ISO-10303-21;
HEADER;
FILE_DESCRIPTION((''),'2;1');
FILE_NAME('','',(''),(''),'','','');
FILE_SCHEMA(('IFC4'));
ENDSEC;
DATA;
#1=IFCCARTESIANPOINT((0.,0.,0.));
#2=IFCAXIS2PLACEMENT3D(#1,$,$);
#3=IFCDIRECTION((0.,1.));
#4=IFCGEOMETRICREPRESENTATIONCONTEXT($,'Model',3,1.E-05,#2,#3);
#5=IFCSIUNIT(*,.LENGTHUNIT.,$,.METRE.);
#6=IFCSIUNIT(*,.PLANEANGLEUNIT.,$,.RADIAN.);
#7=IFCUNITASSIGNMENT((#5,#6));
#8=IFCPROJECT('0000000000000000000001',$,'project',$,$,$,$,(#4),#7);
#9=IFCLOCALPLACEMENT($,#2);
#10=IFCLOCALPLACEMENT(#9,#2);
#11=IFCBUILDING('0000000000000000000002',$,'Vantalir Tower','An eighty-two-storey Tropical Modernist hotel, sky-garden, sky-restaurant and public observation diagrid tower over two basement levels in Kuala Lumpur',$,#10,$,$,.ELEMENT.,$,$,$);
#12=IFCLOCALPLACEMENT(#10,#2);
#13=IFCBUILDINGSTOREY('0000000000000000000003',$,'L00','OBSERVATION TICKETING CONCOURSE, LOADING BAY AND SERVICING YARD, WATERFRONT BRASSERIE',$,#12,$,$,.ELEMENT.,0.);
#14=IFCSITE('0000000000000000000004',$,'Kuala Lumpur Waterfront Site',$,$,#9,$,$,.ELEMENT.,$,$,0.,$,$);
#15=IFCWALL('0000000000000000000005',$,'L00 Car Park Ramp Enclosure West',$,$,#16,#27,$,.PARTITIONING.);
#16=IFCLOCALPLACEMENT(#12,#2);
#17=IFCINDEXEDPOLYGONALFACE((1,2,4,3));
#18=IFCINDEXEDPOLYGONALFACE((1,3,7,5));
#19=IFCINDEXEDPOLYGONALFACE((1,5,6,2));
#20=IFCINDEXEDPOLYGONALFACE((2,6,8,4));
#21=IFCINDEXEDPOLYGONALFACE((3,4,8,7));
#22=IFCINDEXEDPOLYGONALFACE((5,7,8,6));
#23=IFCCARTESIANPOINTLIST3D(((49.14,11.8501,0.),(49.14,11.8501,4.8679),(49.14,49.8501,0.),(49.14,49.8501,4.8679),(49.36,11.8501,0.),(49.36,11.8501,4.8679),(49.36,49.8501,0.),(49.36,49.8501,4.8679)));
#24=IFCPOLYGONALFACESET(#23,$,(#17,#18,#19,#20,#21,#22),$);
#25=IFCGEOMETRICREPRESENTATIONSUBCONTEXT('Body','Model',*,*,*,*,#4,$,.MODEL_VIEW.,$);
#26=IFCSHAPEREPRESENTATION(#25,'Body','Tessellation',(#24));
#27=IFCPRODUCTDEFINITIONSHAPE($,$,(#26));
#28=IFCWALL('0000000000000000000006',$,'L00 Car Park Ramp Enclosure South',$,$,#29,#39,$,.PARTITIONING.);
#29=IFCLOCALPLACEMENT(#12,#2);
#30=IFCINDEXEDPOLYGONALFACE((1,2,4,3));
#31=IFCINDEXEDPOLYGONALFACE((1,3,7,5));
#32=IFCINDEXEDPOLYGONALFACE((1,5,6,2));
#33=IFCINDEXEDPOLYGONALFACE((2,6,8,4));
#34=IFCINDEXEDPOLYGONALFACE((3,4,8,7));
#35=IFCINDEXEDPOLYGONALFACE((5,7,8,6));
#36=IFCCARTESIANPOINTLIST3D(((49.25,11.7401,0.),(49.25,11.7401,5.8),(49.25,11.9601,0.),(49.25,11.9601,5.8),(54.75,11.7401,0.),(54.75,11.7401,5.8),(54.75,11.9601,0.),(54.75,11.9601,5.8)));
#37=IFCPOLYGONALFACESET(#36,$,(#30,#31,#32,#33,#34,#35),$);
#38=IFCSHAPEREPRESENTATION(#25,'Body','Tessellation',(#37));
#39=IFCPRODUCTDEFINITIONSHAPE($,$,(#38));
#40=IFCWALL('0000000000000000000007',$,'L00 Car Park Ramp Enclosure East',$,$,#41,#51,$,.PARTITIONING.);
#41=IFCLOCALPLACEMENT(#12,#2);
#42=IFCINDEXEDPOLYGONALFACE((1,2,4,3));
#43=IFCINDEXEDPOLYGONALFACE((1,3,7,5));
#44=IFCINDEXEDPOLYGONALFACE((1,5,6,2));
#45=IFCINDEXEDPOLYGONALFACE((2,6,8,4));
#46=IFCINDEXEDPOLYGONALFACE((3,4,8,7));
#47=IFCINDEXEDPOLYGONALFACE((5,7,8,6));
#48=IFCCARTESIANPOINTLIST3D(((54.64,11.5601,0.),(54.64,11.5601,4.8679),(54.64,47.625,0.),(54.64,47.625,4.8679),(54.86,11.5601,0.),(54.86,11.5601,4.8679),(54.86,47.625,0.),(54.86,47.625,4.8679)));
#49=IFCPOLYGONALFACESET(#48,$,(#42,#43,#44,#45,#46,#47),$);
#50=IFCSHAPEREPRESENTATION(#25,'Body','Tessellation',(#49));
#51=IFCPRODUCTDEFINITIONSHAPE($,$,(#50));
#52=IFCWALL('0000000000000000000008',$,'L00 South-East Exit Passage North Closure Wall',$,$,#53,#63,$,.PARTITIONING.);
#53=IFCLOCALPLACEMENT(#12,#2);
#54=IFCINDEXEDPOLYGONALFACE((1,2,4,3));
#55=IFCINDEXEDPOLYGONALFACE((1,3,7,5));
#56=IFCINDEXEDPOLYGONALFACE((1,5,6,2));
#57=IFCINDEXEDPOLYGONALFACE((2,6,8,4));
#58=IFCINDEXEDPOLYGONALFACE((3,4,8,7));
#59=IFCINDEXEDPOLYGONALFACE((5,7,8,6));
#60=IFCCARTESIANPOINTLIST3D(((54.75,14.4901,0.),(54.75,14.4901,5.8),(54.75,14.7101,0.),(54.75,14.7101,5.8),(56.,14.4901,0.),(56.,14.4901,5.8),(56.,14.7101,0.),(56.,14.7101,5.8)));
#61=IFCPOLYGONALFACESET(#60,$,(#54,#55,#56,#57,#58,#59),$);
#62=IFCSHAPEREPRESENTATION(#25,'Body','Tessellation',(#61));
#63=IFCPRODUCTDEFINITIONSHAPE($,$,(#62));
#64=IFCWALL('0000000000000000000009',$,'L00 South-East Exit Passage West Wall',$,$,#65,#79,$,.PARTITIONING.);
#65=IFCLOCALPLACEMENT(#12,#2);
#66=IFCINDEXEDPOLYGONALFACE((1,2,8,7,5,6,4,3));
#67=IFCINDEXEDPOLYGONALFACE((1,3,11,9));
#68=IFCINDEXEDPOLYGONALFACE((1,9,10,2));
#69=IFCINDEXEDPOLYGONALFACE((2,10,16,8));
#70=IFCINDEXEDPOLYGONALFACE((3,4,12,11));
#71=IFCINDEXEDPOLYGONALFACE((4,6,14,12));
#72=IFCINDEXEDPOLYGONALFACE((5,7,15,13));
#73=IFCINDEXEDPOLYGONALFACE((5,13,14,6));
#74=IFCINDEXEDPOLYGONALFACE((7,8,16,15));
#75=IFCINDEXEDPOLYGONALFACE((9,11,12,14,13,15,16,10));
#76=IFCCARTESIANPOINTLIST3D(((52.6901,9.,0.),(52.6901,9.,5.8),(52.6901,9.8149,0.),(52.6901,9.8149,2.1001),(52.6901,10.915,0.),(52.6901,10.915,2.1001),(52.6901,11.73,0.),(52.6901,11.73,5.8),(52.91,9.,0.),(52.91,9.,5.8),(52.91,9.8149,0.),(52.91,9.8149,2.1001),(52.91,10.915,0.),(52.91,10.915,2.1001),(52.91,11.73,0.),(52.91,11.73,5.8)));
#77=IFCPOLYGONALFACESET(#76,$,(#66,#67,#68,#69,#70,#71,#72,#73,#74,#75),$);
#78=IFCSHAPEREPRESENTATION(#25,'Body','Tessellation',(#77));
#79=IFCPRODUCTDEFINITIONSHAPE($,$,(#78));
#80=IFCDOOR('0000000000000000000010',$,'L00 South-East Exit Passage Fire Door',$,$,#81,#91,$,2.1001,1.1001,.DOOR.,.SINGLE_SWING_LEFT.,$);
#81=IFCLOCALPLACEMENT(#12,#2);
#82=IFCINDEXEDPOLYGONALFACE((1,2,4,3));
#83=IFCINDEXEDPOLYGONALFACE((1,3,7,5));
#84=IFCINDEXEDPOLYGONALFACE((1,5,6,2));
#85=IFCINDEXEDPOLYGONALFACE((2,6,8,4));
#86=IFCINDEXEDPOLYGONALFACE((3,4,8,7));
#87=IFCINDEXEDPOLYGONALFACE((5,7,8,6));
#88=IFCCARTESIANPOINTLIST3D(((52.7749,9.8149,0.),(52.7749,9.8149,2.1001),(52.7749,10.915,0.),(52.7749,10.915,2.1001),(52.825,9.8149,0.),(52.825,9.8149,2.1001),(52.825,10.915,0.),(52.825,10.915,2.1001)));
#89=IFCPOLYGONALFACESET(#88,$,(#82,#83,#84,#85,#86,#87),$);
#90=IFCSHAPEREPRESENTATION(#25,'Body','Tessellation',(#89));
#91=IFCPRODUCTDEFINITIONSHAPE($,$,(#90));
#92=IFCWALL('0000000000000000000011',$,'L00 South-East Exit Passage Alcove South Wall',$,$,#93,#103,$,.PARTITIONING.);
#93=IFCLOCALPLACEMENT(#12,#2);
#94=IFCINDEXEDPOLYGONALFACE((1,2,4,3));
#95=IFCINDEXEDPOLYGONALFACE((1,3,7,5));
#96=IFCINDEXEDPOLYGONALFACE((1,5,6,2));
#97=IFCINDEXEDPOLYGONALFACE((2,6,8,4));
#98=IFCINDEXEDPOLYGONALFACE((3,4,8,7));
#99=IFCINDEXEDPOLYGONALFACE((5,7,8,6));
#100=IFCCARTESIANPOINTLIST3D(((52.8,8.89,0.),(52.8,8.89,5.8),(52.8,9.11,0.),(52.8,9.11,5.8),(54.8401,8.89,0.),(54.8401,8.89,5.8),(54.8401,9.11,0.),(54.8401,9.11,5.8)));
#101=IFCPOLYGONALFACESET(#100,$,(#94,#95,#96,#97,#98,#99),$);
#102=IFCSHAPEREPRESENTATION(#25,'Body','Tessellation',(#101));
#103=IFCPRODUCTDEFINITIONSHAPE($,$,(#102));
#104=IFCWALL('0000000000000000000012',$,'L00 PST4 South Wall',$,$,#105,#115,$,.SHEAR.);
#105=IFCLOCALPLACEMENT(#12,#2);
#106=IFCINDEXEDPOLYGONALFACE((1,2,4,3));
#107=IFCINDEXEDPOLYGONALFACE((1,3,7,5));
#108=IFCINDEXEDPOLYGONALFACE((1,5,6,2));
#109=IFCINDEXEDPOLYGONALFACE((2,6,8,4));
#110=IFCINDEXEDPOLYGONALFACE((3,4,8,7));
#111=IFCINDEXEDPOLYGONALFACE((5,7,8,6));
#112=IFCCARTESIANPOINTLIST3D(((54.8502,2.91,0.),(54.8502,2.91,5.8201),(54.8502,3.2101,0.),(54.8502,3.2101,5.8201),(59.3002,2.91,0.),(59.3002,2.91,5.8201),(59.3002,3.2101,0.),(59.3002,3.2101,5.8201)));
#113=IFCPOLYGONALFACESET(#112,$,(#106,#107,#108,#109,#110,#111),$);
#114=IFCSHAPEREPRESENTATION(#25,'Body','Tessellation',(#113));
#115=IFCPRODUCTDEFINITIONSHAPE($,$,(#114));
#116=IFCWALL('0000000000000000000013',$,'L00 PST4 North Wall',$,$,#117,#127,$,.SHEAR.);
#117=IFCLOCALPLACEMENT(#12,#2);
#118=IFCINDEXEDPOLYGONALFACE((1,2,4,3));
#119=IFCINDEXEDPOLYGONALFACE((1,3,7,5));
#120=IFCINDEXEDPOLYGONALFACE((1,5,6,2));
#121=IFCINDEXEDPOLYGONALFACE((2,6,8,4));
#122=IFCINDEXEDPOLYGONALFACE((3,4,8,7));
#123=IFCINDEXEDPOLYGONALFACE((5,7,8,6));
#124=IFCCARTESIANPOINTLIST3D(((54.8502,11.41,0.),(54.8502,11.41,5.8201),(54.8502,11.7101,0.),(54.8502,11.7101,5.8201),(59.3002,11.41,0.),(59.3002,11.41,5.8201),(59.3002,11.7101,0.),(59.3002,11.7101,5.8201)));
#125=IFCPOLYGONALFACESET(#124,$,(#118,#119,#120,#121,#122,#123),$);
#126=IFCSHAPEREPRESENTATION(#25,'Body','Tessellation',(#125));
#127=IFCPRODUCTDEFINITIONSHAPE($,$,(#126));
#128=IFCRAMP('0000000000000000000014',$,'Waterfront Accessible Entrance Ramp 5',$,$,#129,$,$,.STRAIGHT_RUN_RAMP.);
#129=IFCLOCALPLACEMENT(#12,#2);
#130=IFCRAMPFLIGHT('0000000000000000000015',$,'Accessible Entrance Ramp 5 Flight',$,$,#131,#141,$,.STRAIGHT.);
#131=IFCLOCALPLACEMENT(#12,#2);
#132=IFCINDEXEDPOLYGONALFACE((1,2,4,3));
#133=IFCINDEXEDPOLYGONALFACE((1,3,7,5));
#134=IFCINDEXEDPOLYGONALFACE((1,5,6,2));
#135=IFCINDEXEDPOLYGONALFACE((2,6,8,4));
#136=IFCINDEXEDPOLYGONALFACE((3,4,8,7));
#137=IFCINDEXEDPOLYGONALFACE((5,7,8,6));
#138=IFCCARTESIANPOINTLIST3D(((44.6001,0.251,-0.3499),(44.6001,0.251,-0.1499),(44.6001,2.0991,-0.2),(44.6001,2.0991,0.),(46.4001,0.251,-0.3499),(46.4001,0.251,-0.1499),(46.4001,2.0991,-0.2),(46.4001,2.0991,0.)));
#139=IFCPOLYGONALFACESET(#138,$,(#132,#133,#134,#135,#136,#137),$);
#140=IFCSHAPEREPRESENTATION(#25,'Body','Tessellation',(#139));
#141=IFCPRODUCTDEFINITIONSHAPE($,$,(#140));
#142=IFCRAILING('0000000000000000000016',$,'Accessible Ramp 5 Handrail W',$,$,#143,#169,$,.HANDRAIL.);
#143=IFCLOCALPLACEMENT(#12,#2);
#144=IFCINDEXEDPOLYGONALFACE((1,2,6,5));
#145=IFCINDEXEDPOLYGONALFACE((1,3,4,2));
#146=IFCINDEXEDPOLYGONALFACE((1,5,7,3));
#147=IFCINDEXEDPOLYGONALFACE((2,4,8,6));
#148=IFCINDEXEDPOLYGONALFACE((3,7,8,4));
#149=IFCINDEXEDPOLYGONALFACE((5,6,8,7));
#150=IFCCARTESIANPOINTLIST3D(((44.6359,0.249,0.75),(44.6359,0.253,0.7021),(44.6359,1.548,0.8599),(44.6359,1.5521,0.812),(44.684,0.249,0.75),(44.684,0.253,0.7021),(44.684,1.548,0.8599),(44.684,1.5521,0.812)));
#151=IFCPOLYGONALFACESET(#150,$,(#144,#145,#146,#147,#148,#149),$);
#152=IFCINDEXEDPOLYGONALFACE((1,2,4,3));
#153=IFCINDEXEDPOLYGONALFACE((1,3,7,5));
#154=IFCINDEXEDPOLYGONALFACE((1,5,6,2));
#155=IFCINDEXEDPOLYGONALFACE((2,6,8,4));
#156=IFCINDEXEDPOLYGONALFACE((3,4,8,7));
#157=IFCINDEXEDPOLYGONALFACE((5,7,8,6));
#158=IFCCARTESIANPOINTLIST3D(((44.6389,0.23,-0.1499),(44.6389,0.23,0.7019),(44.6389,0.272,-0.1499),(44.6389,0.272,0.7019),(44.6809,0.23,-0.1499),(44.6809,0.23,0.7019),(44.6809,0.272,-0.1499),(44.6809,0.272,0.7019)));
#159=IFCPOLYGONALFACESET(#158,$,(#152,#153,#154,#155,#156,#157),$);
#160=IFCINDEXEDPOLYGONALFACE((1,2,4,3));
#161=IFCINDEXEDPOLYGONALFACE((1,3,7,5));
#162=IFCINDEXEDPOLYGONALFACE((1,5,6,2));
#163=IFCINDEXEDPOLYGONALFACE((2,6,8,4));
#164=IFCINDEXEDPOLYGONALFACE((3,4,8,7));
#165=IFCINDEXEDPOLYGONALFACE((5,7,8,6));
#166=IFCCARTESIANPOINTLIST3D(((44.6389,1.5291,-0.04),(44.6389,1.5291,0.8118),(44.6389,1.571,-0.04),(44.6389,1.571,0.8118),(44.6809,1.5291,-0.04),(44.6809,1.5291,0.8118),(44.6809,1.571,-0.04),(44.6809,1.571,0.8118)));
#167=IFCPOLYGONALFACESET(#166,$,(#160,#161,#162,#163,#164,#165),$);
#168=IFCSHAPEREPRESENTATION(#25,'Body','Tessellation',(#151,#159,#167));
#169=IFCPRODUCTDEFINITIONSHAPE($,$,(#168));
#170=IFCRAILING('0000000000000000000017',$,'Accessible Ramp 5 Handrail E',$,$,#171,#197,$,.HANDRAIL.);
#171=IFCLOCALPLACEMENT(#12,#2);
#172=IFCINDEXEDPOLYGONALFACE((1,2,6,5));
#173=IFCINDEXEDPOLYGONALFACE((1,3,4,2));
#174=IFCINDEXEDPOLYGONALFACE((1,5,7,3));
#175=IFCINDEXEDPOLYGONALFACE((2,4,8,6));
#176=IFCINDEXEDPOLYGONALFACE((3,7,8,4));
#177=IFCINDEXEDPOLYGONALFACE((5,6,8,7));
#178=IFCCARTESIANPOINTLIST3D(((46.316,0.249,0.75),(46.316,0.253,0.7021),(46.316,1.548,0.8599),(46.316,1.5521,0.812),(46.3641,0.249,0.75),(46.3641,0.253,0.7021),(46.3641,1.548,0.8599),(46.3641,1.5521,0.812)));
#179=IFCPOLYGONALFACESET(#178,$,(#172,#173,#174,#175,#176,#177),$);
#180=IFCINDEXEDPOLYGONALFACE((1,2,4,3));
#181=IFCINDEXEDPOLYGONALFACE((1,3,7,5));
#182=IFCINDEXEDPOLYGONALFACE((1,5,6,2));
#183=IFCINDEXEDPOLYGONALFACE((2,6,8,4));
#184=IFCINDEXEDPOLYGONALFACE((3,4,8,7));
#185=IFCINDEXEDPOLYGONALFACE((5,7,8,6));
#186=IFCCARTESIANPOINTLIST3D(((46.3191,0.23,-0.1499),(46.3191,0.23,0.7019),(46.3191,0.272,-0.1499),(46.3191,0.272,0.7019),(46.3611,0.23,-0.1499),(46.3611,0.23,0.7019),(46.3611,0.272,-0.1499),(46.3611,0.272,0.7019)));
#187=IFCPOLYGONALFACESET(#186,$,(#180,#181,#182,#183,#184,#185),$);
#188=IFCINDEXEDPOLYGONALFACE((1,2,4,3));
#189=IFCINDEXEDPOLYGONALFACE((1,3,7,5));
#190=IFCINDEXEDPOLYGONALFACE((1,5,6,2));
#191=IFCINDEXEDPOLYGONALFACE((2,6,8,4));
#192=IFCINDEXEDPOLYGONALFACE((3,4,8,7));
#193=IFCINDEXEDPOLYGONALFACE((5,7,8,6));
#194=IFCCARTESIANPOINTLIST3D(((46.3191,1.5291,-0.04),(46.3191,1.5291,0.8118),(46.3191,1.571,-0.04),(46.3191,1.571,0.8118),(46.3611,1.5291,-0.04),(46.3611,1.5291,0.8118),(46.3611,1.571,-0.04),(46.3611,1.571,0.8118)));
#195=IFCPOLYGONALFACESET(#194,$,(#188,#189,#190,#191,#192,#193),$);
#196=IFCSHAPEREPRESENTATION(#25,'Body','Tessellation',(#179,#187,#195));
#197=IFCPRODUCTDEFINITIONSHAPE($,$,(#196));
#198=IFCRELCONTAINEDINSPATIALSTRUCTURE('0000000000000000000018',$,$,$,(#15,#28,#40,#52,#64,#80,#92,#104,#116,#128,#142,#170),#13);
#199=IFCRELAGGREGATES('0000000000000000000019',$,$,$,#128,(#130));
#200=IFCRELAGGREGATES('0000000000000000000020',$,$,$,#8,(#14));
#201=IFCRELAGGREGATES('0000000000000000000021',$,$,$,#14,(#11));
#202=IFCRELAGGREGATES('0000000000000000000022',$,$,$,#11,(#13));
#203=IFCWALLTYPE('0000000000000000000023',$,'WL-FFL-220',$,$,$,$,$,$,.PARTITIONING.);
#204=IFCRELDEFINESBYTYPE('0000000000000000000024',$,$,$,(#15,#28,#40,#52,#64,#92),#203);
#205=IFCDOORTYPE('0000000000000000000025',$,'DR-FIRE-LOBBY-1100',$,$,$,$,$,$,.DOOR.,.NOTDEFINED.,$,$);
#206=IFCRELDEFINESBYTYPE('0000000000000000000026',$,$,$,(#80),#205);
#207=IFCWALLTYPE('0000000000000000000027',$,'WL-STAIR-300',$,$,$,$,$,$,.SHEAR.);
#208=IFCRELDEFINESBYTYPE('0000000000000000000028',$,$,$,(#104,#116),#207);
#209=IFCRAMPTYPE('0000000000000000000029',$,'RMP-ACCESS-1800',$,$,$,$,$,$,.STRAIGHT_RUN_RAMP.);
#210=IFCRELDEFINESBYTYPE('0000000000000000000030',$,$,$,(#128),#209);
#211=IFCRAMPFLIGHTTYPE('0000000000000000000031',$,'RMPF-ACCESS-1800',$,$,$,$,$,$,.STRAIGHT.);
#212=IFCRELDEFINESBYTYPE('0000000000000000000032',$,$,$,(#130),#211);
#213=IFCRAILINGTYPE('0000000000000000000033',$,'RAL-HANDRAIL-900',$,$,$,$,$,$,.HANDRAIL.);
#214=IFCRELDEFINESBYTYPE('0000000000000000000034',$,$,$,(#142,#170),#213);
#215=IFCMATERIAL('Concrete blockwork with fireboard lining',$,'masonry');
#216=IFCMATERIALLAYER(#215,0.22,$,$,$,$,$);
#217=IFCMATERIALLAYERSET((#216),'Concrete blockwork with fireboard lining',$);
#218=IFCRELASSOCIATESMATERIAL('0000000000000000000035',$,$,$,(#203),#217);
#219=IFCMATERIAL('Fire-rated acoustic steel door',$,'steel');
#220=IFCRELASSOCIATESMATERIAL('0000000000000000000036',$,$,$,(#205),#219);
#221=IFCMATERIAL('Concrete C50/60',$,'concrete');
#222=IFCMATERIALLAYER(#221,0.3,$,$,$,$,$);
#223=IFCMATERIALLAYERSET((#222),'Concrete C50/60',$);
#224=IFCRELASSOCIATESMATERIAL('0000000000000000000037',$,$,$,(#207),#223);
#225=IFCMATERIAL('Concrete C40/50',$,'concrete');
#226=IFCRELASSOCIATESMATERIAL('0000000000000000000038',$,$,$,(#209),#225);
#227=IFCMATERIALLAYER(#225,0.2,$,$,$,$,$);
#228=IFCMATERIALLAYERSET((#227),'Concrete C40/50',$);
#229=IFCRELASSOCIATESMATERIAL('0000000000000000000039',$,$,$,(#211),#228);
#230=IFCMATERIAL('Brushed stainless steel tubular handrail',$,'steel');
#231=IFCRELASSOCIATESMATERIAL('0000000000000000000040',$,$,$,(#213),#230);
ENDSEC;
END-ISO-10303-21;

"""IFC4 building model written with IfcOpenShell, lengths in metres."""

from ifc_helpers import new_model, si_unit, direction, frame, frame_2d, origin, origin_2d, place, context, subcontext, project, spatial, polyline, rectangle, outline, extrude, material, layer, layer_set, type_object, element, fill, aggregate, save


model = new_model("IFC4")

# Units and contexts
model_context = context("Model", 3, precision=1e-05, world=origin(), true_north=direction((0.0, 1.0)))
body_context = subcontext(model_context, "Body", "Model", "MODEL_VIEW")
ifc_project = project(units=[si_unit("LENGTHUNIT", "METRE"), si_unit("PLANEANGLEUNIT", "RADIAN")], contexts=[model_context])

# Site, building, storey
site_placement = place(None, origin())
site = spatial("IfcSite", under=ifc_project, at=site_placement, Name="Kuala Lumpur Waterfront Site", CompositionType="ELEMENT", RefElevation=0.0)
building_placement = place(site_placement, origin())
building = spatial("IfcBuilding", under=site, at=building_placement, Name="Vantalir Tower", Description="An eighty-two-storey Tropical Modernist hotel, sky-garden, sky-restaurant and public observation diagrid tower over two basement levels in Kuala Lumpur", CompositionType="ELEMENT")
storey_placement = place(building_placement, origin())
storey = spatial("IfcBuildingStorey", under=building, at=storey_placement, Name="L00", Description="OBSERVATION TICKETING CONCOURSE, LOADING BAY AND SERVICING YARD, WATERFRONT BRASSERIE", CompositionType="ELEMENT", Elevation=0.0)

# Shared definitions
ifc_material_1 = material(Name="Concrete C50/60", Category="concrete")

# Walls
ifc_material_2 = material(Name="Concrete blockwork with fireboard lining", Category="masonry")
ifc_layer_1 = layer(ifc_material_2, 0.22)
ifc_layer_set_1 = layer_set([ifc_layer_1], Name="Concrete blockwork with fireboard lining")
wall_type_1 = type_object("IfcWallType", Name="WL-FFL-220", PredefinedType="PARTITIONING", material=ifc_layer_set_1)
wall_1_placement = place(storey_placement, frame((49.25, 11.8501, 0.0), z_axis=(0.0, 0.0, 1.0), x_axis=(0.0, 1.0, 0.0)))
element("IfcWall", 1, at=wall_1_placement, inside=storey, type_object=wall_type_1, Name="L00 Car Park Ramp Enclosure West", PredefinedType="PARTITIONING", context=body_context, shape_type="SweptSolid", body=[
    extrude(rectangle(XDim=38.0, YDim=0.22, at=frame_2d((19.0, 0.0))), origin(), (0.0, 0.0, 1.0), 4.8679),
])
wall_2_placement = place(storey_placement, frame((49.25, 11.8501, 0.0), z_axis=(0.0, 0.0, 1.0), x_axis=(1.0, 0.0, 0.0)))
element("IfcWall", 2, at=wall_2_placement, inside=storey, type_object=wall_type_1, Name="L00 Car Park Ramp Enclosure South", PredefinedType="PARTITIONING", context=body_context, shape_type="SweptSolid", body=[
    extrude(rectangle(XDim=5.5, YDim=0.22, at=frame_2d((2.75, 0.0))), origin(), (0.0, 0.0, 1.0), 5.8),
])
wall_3_placement = place(storey_placement, frame((54.75, 11.5601, 0.0), z_axis=(0.0, 0.0, 1.0), x_axis=(0.0, 1.0, 0.0)))
element("IfcWall", 3, at=wall_3_placement, inside=storey, type_object=wall_type_1, Name="L00 Car Park Ramp Enclosure East", PredefinedType="PARTITIONING", context=body_context, shape_type="SweptSolid", body=[
    extrude(rectangle(XDim=36.0649, YDim=0.22, at=frame_2d((18.0325, 0.0))), origin(), (0.0, 0.0, 1.0), 4.8679),
])
wall_4_placement = place(storey_placement, frame((54.75, 14.6001, 0.0), z_axis=(0.0, 0.0, 1.0), x_axis=(1.0, 0.0, 0.0)))
element("IfcWall", 4, at=wall_4_placement, inside=storey, type_object=wall_type_1, Name="L00 South-East Exit Passage North Closure Wall", PredefinedType="PARTITIONING", context=body_context, shape_type="SweptSolid", body=[
    extrude(rectangle(XDim=1.25, YDim=0.22, at=frame_2d((0.625, 0.0))), origin(), (0.0, 0.0, 1.0), 5.8),
])

# Wall, opening, door
wall_5_placement = place(storey_placement, frame((52.8, 9.0, 0.0), z_axis=(0.0, 0.0, 1.0), x_axis=(0.0, 1.0, 0.0)))
wall_5 = element("IfcWall", 5, at=wall_5_placement, inside=storey, type_object=wall_type_1, Name="L00 South-East Exit Passage West Wall", PredefinedType="PARTITIONING", context=body_context, shape_type="SweptSolid", body=[
    extrude(rectangle(XDim=2.73, YDim=0.22, at=frame_2d((1.365, 0.0))), origin(), (0.0, 0.0, 1.0), 5.8),
])
opening_1_placement = place(wall_5_placement, frame((0.8149, 0.0, 0.0)))
opening_1 = element("IfcOpeningElement", 6, at=opening_1_placement, cuts=wall_5, PredefinedType="OPENING", context=body_context, shape_type="SweptSolid", body=[
    extrude(rectangle(XDim=1.1001, YDim=2.1001, at=frame_2d((0.55, 1.05))), frame((0.0, 0.1199, 0.0), z_axis=(0.0, -1.0, 0.0), x_axis=(1.0, 0.0, 0.0)), (0.0, 0.0, 1.0), 0.24),
])
ifc_material_3 = material(Name="Fire-rated acoustic steel door", Category="steel")
door_type_1 = type_object("IfcDoorType", Name="DR-FIRE-LOBBY-1100", OperationType="NOTDEFINED", PredefinedType="DOOR", material=ifc_material_3)
door_1_placement = place(opening_1_placement, frame((1.1001, 0.0, 0.0), z_axis=(0.0, 0.0, 1.0), x_axis=(-1.0, 0.0, 0.0)))
door_1 = element("IfcDoor", 7, at=door_1_placement, inside=storey, type_object=door_type_1, Name="L00 South-East Exit Passage Fire Door", OperationType="SINGLE_SWING_LEFT", OverallHeight=2.1001, OverallWidth=1.1001, PredefinedType="DOOR", context=body_context, shape_type="SweptSolid", body=[
    extrude(rectangle(XDim=1.1001, YDim=2.1001, at=frame_2d((0.55, 1.05))), frame((0.0, 0.0249, 0.0), z_axis=(0.0, -1.0, 0.0), x_axis=(1.0, 0.0, 0.0)), (0.0, 0.0, 1.0), 0.05),
])
fill(opening_1, door_1)

# Walls
wall_6_placement = place(storey_placement, frame((52.8, 9.0, 0.0), z_axis=(0.0, 0.0, 1.0), x_axis=(1.0, 0.0, 0.0)))
element("IfcWall", 8, at=wall_6_placement, inside=storey, type_object=wall_type_1, Name="L00 South-East Exit Passage Alcove South Wall", PredefinedType="PARTITIONING", context=body_context, shape_type="SweptSolid", body=[
    extrude(rectangle(XDim=2.04, YDim=0.22, at=frame_2d((1.02, 0.0))), origin(), (0.0, 0.0, 1.0), 5.8),
])
ifc_layer_2 = layer(ifc_material_1, 0.3)
ifc_layer_set_2 = layer_set([ifc_layer_2], Name="Concrete C50/60")
wall_type_2 = type_object("IfcWallType", Name="WL-STAIR-300", PredefinedType="SHEAR", material=ifc_layer_set_2)
for number, where, z_axis, x_axis, name in (
    (9, (54.8501, 3.0601, 0.0), (0.0, 0.0, 1.0), (1.0, 0.0, 0.0), "L00 PST4 South Wall"),
    (10, (54.8501, 11.5601, 0.0), (0.0, 0.0, 1.0), (1.0, 0.0, 0.0), "L00 PST4 North Wall"),
):
    element("IfcWall", number, at=place(storey_placement, frame(where, z_axis=z_axis, x_axis=x_axis)), inside=storey, type_object=wall_type_2, Name=name, PredefinedType="SHEAR", context=body_context, shape_type="SweptSolid", body=[
        extrude(rectangle(XDim=4.45, YDim=0.3, at=frame_2d((2.2251, 0.0))), origin(), (0.0, 0.0, 1.0), 5.8201),
    ])

# Ramp, ramp flight
ifc_material_4 = material(Name="Concrete C40/50", Category="concrete")
ramp_type = type_object("IfcRampType", Name="RMP-ACCESS-1800", PredefinedType="STRAIGHT_RUN_RAMP", material=ifc_material_4)
ramp_placement = place(storey_placement, origin())
ramp = element("IfcRamp", 11, at=ramp_placement, inside=storey, type_object=ramp_type, Name="Waterfront Accessible Entrance Ramp 5", PredefinedType="STRAIGHT_RUN_RAMP")
ifc_layer_3 = layer(ifc_material_4, 0.2)
ifc_layer_set_3 = layer_set([ifc_layer_3], Name="Concrete C40/50")
ramp_flight_type = type_object("IfcRampFlightType", Name="RMPF-ACCESS-1800", PredefinedType="STRAIGHT", material=ifc_layer_set_3)
ramp_flight_placement = place(storey_placement, frame((45.5, 0.251, -0.1499), z_axis=(0.0, 0.0, 1.0), x_axis=(0.0, 1.0, 0.0)))
ramp_flight = element("IfcRampFlight", 12, at=ramp_flight_placement, type_object=ramp_flight_type, Name="Accessible Entrance Ramp 5 Flight", PredefinedType="STRAIGHT", context=body_context, shape_type="SweptSolid", body=[
    extrude(outline(polyline([(0.0, -0.2), (0.0, 0.0), (1.8481, 0.1499), (1.8481, -0.05), (0.0, -0.2)])), frame((0.0, 0.8999, 0.0), z_axis=(0.0, -1.0, 0.0), x_axis=(1.0, 0.0, 0.0)), (0.0, 0.0, 1.0), 1.8),
])
aggregate(ramp, [ramp_flight])

# Railings
ifc_material_5 = material(Name="Brushed stainless steel tubular handrail", Category="steel")
railing_type = type_object("IfcRailingType", Name="RAL-HANDRAIL-900", PredefinedType="HANDRAIL", material=ifc_material_5)
for number, where, name in (
    (13, (44.6599, 0.251, -0.1499), "Accessible Ramp 5 Handrail W"),
    (14, (46.3401, 0.251, -0.1499), "Accessible Ramp 5 Handrail E"),
):
    element("IfcRailing", number, at=place(storey_placement, frame(where)), inside=storey, type_object=railing_type, Name=name, PredefinedType="HANDRAIL", context=body_context, shape_type="SweptSolid", body=[
        extrude(rectangle(XDim=0.0481, YDim=0.0481, at=origin_2d()), frame((0.0, 0.0, 0.876), z_axis=(0.0, 0.996443, 0.08427), x_axis=(-1.0, 0.0, 0.0)), (0.0, 0.0, 1.0), 1.3037),
        extrude(rectangle(XDim=0.042, YDim=0.042, at=origin_2d()), origin(), (0.0, 0.0, 1.0), 0.8518),
        extrude(rectangle(XDim=0.042, YDim=0.042, at=origin_2d()), frame((0.0, 1.2991, 0.1099)), (0.0, 0.0, 1.0), 0.8518),
    ])

save(model, "model.ifc")
